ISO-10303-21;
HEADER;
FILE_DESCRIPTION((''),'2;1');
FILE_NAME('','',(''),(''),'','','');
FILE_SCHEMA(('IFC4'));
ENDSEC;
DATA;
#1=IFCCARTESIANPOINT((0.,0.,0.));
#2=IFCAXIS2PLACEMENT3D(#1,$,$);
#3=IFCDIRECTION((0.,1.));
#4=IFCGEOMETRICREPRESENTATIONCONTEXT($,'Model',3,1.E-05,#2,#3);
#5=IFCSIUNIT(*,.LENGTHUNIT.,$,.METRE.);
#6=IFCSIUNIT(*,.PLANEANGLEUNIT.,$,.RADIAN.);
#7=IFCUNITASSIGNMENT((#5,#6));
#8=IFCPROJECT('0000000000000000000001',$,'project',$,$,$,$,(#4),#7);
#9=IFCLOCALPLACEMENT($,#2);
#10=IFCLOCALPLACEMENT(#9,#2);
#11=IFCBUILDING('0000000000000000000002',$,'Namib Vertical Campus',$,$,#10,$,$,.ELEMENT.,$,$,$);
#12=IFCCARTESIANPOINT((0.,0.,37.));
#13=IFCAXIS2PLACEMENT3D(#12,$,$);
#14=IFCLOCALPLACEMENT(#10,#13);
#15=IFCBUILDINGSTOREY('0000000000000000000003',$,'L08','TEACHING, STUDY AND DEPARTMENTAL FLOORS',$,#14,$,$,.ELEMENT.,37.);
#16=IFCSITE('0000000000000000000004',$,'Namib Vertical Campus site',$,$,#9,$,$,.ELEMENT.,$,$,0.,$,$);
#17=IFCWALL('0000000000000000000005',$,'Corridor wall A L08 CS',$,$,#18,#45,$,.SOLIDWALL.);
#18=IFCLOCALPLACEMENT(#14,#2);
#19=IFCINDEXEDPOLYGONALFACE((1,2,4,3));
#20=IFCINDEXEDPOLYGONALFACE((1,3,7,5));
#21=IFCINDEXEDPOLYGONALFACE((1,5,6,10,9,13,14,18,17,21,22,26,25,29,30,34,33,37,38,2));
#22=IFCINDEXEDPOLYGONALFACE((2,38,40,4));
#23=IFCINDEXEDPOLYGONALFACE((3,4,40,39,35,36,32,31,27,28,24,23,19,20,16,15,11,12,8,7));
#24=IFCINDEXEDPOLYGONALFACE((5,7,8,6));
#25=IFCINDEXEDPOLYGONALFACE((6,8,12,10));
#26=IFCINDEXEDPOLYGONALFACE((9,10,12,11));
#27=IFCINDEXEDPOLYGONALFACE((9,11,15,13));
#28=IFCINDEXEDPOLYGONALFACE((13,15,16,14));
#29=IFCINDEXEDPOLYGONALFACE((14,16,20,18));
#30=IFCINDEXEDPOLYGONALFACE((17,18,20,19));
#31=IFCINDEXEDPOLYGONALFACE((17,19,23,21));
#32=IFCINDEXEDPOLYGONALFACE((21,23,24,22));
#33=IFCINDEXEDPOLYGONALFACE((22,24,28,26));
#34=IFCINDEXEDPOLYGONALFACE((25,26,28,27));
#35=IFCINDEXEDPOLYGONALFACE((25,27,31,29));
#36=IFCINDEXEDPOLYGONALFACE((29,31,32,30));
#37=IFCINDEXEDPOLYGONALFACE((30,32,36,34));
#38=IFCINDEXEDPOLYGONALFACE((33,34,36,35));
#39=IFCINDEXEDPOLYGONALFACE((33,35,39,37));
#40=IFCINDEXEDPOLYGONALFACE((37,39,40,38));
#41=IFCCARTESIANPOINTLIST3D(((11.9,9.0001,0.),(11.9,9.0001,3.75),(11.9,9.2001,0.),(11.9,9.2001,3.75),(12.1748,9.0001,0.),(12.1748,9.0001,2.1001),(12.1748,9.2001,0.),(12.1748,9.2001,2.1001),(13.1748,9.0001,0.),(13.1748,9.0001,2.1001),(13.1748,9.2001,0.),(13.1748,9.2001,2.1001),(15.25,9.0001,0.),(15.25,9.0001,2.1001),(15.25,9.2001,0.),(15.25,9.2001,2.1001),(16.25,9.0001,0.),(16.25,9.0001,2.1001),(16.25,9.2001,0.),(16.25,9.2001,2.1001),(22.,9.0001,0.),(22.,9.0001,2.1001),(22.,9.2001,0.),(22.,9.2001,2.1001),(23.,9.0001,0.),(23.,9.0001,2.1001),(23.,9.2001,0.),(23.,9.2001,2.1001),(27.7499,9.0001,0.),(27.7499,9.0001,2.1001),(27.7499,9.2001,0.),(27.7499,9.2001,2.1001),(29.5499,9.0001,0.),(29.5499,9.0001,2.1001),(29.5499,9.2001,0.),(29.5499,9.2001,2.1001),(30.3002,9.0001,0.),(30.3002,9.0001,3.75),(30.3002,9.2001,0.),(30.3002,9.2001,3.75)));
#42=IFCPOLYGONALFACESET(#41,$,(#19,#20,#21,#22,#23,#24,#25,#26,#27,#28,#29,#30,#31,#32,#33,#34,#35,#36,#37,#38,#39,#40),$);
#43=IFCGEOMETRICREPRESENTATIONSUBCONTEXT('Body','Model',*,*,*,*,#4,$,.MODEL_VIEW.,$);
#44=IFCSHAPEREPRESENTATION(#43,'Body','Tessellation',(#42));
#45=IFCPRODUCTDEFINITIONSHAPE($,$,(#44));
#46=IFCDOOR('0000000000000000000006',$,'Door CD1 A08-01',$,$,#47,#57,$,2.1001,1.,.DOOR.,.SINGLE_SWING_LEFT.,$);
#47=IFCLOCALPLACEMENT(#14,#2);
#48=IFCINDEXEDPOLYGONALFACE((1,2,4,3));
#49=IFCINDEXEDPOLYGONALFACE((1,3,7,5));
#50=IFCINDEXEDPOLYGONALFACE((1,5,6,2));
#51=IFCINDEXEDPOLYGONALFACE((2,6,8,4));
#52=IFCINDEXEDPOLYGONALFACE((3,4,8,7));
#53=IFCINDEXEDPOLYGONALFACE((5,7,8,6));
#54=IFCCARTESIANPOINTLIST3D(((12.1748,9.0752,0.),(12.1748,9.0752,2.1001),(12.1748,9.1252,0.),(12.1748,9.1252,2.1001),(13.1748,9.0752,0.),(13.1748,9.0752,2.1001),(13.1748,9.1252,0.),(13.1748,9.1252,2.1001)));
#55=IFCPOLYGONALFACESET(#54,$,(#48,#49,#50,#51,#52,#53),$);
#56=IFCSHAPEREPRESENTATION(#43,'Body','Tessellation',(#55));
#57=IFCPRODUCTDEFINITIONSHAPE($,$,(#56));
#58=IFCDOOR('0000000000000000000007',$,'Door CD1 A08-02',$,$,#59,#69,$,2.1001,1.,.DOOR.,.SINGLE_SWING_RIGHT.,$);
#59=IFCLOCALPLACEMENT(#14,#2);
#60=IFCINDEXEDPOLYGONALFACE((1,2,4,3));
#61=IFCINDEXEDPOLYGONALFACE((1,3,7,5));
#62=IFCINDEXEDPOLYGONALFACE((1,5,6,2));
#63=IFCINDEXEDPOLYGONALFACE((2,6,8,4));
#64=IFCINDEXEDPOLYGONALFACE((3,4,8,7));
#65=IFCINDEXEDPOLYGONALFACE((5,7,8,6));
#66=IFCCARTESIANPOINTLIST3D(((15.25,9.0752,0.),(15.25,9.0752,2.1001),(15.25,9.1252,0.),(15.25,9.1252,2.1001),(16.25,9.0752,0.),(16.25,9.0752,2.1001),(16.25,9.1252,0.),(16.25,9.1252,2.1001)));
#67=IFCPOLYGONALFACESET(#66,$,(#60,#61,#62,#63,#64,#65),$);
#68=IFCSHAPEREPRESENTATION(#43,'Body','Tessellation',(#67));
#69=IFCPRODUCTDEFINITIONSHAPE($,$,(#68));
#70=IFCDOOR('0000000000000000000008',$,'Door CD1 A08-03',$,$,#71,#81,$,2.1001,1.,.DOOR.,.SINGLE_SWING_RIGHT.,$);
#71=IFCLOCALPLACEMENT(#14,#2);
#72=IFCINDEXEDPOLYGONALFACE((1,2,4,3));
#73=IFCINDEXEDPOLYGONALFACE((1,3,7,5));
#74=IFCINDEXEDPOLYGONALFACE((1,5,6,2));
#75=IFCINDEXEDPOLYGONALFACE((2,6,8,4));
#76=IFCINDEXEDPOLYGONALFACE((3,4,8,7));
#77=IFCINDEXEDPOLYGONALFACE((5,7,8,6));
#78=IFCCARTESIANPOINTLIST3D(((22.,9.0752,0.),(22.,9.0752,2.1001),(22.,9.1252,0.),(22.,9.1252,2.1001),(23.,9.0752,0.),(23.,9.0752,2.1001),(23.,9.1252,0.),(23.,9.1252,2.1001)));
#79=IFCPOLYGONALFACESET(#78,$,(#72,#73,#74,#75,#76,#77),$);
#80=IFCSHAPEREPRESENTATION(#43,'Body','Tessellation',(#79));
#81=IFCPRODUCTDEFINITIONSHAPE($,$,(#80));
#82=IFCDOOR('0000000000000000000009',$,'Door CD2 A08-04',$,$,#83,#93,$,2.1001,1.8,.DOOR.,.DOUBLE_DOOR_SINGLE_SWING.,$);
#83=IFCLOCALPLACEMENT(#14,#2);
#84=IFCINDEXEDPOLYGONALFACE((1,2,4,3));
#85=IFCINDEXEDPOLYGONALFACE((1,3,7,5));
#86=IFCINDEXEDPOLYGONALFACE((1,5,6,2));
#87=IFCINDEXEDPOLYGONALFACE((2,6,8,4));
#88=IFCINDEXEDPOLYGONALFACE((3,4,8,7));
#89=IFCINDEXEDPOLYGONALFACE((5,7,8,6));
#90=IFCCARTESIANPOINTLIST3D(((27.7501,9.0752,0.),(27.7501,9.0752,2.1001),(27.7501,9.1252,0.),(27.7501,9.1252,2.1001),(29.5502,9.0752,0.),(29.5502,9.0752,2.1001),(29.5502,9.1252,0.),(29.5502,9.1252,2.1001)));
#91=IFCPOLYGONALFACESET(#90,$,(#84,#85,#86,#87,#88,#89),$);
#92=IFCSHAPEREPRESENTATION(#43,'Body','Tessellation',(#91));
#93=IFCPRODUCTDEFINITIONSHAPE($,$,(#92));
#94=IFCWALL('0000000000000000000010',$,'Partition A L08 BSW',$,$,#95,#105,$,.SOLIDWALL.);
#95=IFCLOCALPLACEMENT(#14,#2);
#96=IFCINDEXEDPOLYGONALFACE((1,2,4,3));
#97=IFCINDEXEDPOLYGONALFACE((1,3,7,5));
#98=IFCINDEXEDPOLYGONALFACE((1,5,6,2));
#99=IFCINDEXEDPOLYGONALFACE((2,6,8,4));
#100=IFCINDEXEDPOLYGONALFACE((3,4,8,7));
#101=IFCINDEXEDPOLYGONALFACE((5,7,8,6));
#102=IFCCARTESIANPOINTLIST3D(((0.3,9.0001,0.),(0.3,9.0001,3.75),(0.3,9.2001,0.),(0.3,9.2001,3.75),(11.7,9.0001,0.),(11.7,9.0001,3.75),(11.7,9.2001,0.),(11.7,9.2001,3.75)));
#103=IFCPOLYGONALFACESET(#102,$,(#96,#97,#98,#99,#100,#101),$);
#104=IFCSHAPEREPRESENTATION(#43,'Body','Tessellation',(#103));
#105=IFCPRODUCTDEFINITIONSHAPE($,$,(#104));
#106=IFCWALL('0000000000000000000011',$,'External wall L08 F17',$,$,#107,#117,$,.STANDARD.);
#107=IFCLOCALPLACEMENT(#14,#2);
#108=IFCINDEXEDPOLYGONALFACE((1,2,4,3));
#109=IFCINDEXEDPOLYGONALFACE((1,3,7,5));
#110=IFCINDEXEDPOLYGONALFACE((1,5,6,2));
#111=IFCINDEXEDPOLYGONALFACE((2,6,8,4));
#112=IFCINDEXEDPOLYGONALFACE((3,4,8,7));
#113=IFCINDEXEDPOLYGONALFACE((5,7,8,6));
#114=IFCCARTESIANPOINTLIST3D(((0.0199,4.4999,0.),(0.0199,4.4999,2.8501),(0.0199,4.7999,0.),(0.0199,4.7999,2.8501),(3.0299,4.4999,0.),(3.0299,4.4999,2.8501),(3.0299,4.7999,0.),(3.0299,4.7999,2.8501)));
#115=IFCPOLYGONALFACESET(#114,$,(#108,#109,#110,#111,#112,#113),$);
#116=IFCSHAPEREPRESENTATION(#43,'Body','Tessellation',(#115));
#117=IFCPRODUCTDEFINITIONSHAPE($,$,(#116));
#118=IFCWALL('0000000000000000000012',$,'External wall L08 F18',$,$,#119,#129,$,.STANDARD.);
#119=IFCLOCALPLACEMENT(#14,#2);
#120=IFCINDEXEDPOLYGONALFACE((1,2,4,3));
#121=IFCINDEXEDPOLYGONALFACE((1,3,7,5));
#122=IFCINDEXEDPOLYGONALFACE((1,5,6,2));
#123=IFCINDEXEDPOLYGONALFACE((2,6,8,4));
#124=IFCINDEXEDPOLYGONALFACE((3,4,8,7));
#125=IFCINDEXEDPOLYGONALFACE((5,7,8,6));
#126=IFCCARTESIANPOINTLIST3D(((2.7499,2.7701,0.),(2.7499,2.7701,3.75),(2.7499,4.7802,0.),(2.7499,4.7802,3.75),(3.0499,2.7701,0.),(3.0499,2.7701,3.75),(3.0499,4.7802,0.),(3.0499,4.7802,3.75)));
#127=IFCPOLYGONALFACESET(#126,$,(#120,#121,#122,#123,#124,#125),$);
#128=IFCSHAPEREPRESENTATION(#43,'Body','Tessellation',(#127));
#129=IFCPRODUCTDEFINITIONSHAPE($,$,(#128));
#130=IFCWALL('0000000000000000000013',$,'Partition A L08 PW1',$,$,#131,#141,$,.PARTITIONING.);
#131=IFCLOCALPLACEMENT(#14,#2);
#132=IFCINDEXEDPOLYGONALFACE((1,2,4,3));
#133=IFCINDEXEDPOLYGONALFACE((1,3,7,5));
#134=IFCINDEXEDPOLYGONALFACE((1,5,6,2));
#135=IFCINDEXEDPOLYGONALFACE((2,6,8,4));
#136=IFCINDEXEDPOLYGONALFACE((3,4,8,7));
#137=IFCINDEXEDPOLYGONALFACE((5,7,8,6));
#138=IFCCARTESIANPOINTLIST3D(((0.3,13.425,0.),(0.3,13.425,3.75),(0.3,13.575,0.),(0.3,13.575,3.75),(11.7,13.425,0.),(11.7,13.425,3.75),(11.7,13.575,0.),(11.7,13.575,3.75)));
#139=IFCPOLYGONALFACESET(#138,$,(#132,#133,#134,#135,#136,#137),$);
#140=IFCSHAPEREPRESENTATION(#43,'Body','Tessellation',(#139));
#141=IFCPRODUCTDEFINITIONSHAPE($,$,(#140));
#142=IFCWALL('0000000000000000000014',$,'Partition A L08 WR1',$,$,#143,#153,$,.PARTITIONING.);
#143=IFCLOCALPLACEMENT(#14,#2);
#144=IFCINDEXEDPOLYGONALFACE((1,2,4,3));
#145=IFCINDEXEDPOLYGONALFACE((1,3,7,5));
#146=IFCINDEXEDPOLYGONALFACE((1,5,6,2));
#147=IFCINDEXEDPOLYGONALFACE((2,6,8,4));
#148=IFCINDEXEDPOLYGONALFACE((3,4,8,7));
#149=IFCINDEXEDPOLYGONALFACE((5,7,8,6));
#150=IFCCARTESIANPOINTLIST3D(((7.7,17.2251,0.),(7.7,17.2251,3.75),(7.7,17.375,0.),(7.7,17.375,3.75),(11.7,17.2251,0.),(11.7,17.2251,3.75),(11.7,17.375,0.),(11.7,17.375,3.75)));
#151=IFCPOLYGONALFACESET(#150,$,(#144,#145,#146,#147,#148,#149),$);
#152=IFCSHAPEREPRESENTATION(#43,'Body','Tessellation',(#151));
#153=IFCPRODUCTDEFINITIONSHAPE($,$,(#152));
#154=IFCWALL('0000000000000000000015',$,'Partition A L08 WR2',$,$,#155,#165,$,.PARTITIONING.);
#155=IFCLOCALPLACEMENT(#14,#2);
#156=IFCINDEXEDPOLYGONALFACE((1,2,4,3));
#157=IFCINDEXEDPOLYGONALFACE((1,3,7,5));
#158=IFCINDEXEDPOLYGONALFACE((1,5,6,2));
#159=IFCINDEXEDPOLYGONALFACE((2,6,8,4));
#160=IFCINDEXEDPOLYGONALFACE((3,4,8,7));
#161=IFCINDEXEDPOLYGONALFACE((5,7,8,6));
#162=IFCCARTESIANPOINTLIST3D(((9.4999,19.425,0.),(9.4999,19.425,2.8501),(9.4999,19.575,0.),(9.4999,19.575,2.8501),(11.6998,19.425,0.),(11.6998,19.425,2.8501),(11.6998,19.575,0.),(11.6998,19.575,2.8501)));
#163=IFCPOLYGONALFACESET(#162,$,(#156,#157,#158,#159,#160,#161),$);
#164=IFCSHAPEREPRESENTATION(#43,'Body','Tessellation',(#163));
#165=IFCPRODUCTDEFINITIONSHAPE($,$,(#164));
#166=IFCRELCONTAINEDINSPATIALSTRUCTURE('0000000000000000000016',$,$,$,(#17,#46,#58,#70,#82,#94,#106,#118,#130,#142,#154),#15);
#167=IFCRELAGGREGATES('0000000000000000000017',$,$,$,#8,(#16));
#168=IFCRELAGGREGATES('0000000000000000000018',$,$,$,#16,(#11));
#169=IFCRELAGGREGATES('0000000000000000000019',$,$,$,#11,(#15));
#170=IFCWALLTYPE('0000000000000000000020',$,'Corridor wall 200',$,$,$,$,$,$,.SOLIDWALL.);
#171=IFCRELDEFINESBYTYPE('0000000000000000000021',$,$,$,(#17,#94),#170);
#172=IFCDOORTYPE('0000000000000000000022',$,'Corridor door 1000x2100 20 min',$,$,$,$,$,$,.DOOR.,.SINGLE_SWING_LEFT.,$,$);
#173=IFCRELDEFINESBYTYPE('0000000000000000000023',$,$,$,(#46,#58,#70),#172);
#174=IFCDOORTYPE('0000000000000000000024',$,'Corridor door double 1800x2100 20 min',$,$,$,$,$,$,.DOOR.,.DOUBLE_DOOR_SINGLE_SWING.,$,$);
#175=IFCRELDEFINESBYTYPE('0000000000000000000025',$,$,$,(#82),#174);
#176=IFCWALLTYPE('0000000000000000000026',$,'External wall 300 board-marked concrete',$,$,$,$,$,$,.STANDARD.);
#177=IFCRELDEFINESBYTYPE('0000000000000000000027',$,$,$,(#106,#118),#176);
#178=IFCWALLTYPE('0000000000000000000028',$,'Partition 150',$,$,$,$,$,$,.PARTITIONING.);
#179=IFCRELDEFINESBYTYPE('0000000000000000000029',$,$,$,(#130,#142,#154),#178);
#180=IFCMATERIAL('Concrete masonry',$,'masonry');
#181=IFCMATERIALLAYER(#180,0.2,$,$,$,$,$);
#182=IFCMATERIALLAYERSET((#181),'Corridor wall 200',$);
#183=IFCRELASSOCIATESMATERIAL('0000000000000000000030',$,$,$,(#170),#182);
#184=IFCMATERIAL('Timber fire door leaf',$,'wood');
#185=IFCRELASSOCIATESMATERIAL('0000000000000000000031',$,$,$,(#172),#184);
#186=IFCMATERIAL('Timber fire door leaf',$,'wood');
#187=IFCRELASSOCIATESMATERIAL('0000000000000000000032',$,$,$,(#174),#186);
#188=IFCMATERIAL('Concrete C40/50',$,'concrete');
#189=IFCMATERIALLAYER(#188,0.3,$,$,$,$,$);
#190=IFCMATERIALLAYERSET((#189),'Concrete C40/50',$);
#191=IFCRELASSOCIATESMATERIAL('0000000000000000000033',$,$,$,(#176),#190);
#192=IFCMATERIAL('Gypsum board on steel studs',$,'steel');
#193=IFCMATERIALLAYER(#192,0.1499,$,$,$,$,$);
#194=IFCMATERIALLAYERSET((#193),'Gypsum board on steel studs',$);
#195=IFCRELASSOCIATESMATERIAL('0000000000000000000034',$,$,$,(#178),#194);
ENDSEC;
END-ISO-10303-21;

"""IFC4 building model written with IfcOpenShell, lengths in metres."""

from ifc_helpers import new_model, si_unit, direction, frame, frame_2d, origin, place, context, subcontext, project, spatial, rectangle, extrude, material, layer, layer_set, type_object, element, fill, save


model = new_model("IFC4")

# Units and contexts
model_context = context("Model", 3, precision=1e-05, world=origin(), true_north=direction((0.0, 1.0)))
body_context = subcontext(model_context, "Body", "Model", "MODEL_VIEW")
ifc_project = project(units=[si_unit("LENGTHUNIT", "METRE"), si_unit("PLANEANGLEUNIT", "RADIAN")], contexts=[model_context])

# Site, building, storey
site_placement = place(None, origin())
site = spatial("IfcSite", under=ifc_project, at=site_placement, Name="Namib Vertical Campus site", CompositionType="ELEMENT", RefElevation=0.0)
building_placement = place(site_placement, origin())
building = spatial("IfcBuilding", under=site, at=building_placement, Name="Namib Vertical Campus", CompositionType="ELEMENT")
storey_placement = place(building_placement, frame((0.0, 0.0, 37.0)))
storey = spatial("IfcBuildingStorey", under=building, at=storey_placement, Name="L08", Description="TEACHING, STUDY AND DEPARTMENTAL FLOORS", CompositionType="ELEMENT", Elevation=37.0)

# Wall, openings, doors
ifc_material_1 = material(Name="Concrete masonry", Category="masonry")
ifc_layer_1 = layer(ifc_material_1, 0.2)
ifc_layer_set_1 = layer_set([ifc_layer_1], Name="Corridor wall 200")
wall_type_1 = type_object("IfcWallType", Name="Corridor wall 200", PredefinedType="SOLIDWALL", material=ifc_layer_set_1)
wall_1_placement = place(storey_placement, frame((11.8999, 9.1001, 0.0), z_axis=(0.0, 0.0, 1.0), x_axis=(1.0, 0.0, 0.0)))
wall_1 = element("IfcWall", 1, at=wall_1_placement, inside=storey, type_object=wall_type_1, Name="Corridor wall A L08 CS", PredefinedType="SOLIDWALL", context=body_context, shape_type="SweptSolid", body=[
    extrude(rectangle(XDim=18.4001, YDim=0.2, at=frame_2d((9.2002, 0.0))), origin(), (0.0, 0.0, 1.0), 3.75),
])
opening_1_placement = place(wall_1_placement, frame((0.2749, 0.0, 0.0)))
opening_1 = element("IfcOpeningElement", 2, at=opening_1_placement, cuts=wall_1, PredefinedType="OPENING", context=body_context, shape_type="SweptSolid", body=[
    extrude(rectangle(XDim=1.0, YDim=2.1001, at=frame_2d((0.5, 1.05))), frame((0.0, 0.1099, 0.0), z_axis=(0.0, -1.0, 0.0), x_axis=(1.0, 0.0, 0.0)), (0.0, 0.0, 1.0), 0.22),
])
opening_2_placement = place(wall_1_placement, frame((3.3501, 0.0, 0.0)))
opening_2 = element("IfcOpeningElement", 3, at=opening_2_placement, cuts=wall_1, PredefinedType="OPENING", context=body_context, shape_type="SweptSolid", body=[
    extrude(rectangle(XDim=1.0, YDim=2.1001, at=frame_2d((0.5, 1.05))), frame((0.0, 0.1099, 0.0), z_axis=(0.0, -1.0, 0.0), x_axis=(1.0, 0.0, 0.0)), (0.0, 0.0, 1.0), 0.22),
])
opening_3_placement = place(wall_1_placement, frame((10.1001, 0.0, 0.0)))
opening_3 = element("IfcOpeningElement", 4, at=opening_3_placement, cuts=wall_1, PredefinedType="OPENING", context=body_context, shape_type="SweptSolid", body=[
    extrude(rectangle(XDim=1.0, YDim=2.1001, at=frame_2d((0.5, 1.05))), frame((0.0, 0.1099, 0.0), z_axis=(0.0, -1.0, 0.0), x_axis=(1.0, 0.0, 0.0)), (0.0, 0.0, 1.0), 0.22),
])
opening_4_placement = place(wall_1_placement, frame((15.8501, 0.0, 0.0)))
opening_4 = element("IfcOpeningElement", 5, at=opening_4_placement, cuts=wall_1, PredefinedType="OPENING", context=body_context, shape_type="SweptSolid", body=[
    extrude(rectangle(XDim=1.8, YDim=2.1001, at=frame_2d((0.8999, 1.05))), frame((0.0, 0.1099, 0.0), z_axis=(0.0, -1.0, 0.0), x_axis=(1.0, 0.0, 0.0)), (0.0, 0.0, 1.0), 0.22),
])
ifc_material_2 = material(Name="Timber fire door leaf", Category="wood")
door_type_1 = type_object("IfcDoorType", Name="Corridor door 1000x2100 20 min", OperationType="SINGLE_SWING_LEFT", PredefinedType="DOOR", material=ifc_material_2)
door_1_placement = place(opening_1_placement, frame((1.0, 0.0, 0.0), z_axis=(0.0, 0.0, 1.0), x_axis=(-1.0, 0.0, 0.0)))
door_1 = element("IfcDoor", 6, at=door_1_placement, inside=storey, type_object=door_type_1, Name="Door CD1 A08-01", OperationType="SINGLE_SWING_LEFT", OverallHeight=2.1001, OverallWidth=1.0, PredefinedType="DOOR", context=body_context, shape_type="SweptSolid", body=[
    extrude(rectangle(XDim=1.0, YDim=2.1001, at=frame_2d((0.5, 1.05))), frame((0.0, 0.0249, 0.0), z_axis=(0.0, -1.0, 0.0), x_axis=(1.0, 0.0, 0.0)), (0.0, 0.0, 1.0), 0.05),
])
fill(opening_1, door_1)
door_2_placement = place(opening_2_placement, frame((1.0, 0.0, 0.0), z_axis=(0.0, 0.0, 1.0), x_axis=(-1.0, 0.0, 0.0)))
door_2 = element("IfcDoor", 7, at=door_2_placement, inside=storey, type_object=door_type_1, Name="Door CD1 A08-02", OperationType="SINGLE_SWING_RIGHT", OverallHeight=2.1001, OverallWidth=1.0, PredefinedType="DOOR", context=body_context, shape_type="SweptSolid", body=[
    extrude(rectangle(XDim=1.0, YDim=2.1001, at=frame_2d((0.5, 1.05))), frame((0.0, 0.0249, 0.0), z_axis=(0.0, -1.0, 0.0), x_axis=(1.0, 0.0, 0.0)), (0.0, 0.0, 1.0), 0.05),
])
fill(opening_2, door_2)
door_3_placement = place(opening_3_placement, frame((1.0, 0.0, 0.0), z_axis=(0.0, 0.0, 1.0), x_axis=(-1.0, 0.0, 0.0)))
door_3 = element("IfcDoor", 8, at=door_3_placement, inside=storey, type_object=door_type_1, Name="Door CD1 A08-03", OperationType="SINGLE_SWING_RIGHT", OverallHeight=2.1001, OverallWidth=1.0, PredefinedType="DOOR", context=body_context, shape_type="SweptSolid", body=[
    extrude(rectangle(XDim=1.0, YDim=2.1001, at=frame_2d((0.5, 1.05))), frame((0.0, 0.0249, 0.0), z_axis=(0.0, -1.0, 0.0), x_axis=(1.0, 0.0, 0.0)), (0.0, 0.0, 1.0), 0.05),
])
fill(opening_3, door_3)
ifc_material_3 = material(Name="Timber fire door leaf", Category="wood")
door_type_2 = type_object("IfcDoorType", Name="Corridor door double 1800x2100 20 min", OperationType="DOUBLE_DOOR_SINGLE_SWING", PredefinedType="DOOR", material=ifc_material_3)
door_4_placement = place(opening_4_placement, frame((1.8, 0.0, 0.0), z_axis=(0.0, 0.0, 1.0), x_axis=(-1.0, 0.0, 0.0)))
door_4 = element("IfcDoor", 9, at=door_4_placement, inside=storey, type_object=door_type_2, Name="Door CD2 A08-04", OperationType="DOUBLE_DOOR_SINGLE_SWING", OverallHeight=2.1001, OverallWidth=1.8, PredefinedType="DOOR", context=body_context, shape_type="SweptSolid", body=[
    extrude(rectangle(XDim=1.8, YDim=2.1001, at=frame_2d((0.8999, 1.05))), frame((0.0, 0.0249, 0.0), z_axis=(0.0, -1.0, 0.0), x_axis=(1.0, 0.0, 0.0)), (0.0, 0.0, 1.0), 0.05),
])
fill(opening_4, door_4)

# Walls
wall_2_placement = place(storey_placement, frame((0.3, 9.1001, 0.0), z_axis=(0.0, 0.0, 1.0), x_axis=(1.0, 0.0, 0.0)))
element("IfcWall", 10, at=wall_2_placement, inside=storey, type_object=wall_type_1, Name="Partition A L08 BSW", PredefinedType="SOLIDWALL", context=body_context, shape_type="SweptSolid", body=[
    extrude(rectangle(XDim=11.3999, YDim=0.2, at=frame_2d((5.7, 0.0))), origin(), (0.0, 0.0, 1.0), 3.75),
])
ifc_material_4 = material(Name="Concrete C40/50", Category="concrete")
ifc_layer_2 = layer(ifc_material_4, 0.3)
ifc_layer_set_2 = layer_set([ifc_layer_2], Name="Concrete C40/50")
wall_type_2 = type_object("IfcWallType", Name="External wall 300 board-marked concrete", PredefinedType="STANDARD", material=ifc_layer_set_2)
wall_3_placement = place(storey_placement, frame((0.02, 4.6499, 0.0), z_axis=(0.0, 0.0, 1.0), x_axis=(1.0, 0.0, 0.0)))
element("IfcWall", 11, at=wall_3_placement, inside=storey, type_object=wall_type_2, Name="External wall L08 F17", PredefinedType="STANDARD", context=body_context, shape_type="SweptSolid", body=[
    extrude(rectangle(XDim=3.01, YDim=0.3, at=frame_2d((1.5049, 0.0))), origin(), (0.0, 0.0, 1.0), 2.8501),
])
wall_4_placement = place(storey_placement, frame((2.8999, 4.78, 0.0), z_axis=(0.0, 0.0, 1.0), x_axis=(0.0, -1.0, 0.0)))
element("IfcWall", 12, at=wall_4_placement, inside=storey, type_object=wall_type_2, Name="External wall L08 F18", PredefinedType="STANDARD", context=body_context, shape_type="SweptSolid", body=[
    extrude(rectangle(XDim=2.01, YDim=0.3, at=frame_2d((1.0049, 0.0))), origin(), (0.0, 0.0, 1.0), 3.75),
])
ifc_material_5 = material(Name="Gypsum board on steel studs", Category="steel")
ifc_layer_3 = layer(ifc_material_5, 0.1499)
ifc_layer_set_3 = layer_set([ifc_layer_3], Name="Gypsum board on steel studs")
wall_type_3 = type_object("IfcWallType", Name="Partition 150", PredefinedType="PARTITIONING", material=ifc_layer_set_3)
wall_5_placement = place(storey_placement, frame((0.3, 13.5, 0.0), z_axis=(0.0, 0.0, 1.0), x_axis=(1.0, 0.0, 0.0)))
element("IfcWall", 13, at=wall_5_placement, inside=storey, type_object=wall_type_3, Name="Partition A L08 PW1", PredefinedType="PARTITIONING", context=body_context, shape_type="SweptSolid", body=[
    extrude(rectangle(XDim=11.3999, YDim=0.1499, at=frame_2d((5.7, 0.0))), origin(), (0.0, 0.0, 1.0), 3.75),
])
wall_6_placement = place(storey_placement, frame((11.7, 17.3, 0.0), z_axis=(0.0, 0.0, 1.0), x_axis=(-1.0, 0.0, 0.0)))
element("IfcWall", 14, at=wall_6_placement, inside=storey, type_object=wall_type_3, Name="Partition A L08 WR1", PredefinedType="PARTITIONING", context=body_context, shape_type="SweptSolid", body=[
    extrude(rectangle(XDim=4.0, YDim=0.1499, at=frame_2d((2.0, 0.0))), origin(), (0.0, 0.0, 1.0), 3.75),
])
wall_7_placement = place(storey_placement, frame((11.7, 19.5, 0.0), z_axis=(0.0, 0.0, 1.0), x_axis=(-1.0, 0.0, 0.0)))
element("IfcWall", 15, at=wall_7_placement, inside=storey, type_object=wall_type_3, Name="Partition A L08 WR2", PredefinedType="PARTITIONING", context=body_context, shape_type="SweptSolid", body=[
    extrude(rectangle(XDim=2.2, YDim=0.1499, at=frame_2d((1.1001, 0.0))), origin(), (0.0, 0.0, 1.0), 2.8501),
])

save(model, "model.ifc")
